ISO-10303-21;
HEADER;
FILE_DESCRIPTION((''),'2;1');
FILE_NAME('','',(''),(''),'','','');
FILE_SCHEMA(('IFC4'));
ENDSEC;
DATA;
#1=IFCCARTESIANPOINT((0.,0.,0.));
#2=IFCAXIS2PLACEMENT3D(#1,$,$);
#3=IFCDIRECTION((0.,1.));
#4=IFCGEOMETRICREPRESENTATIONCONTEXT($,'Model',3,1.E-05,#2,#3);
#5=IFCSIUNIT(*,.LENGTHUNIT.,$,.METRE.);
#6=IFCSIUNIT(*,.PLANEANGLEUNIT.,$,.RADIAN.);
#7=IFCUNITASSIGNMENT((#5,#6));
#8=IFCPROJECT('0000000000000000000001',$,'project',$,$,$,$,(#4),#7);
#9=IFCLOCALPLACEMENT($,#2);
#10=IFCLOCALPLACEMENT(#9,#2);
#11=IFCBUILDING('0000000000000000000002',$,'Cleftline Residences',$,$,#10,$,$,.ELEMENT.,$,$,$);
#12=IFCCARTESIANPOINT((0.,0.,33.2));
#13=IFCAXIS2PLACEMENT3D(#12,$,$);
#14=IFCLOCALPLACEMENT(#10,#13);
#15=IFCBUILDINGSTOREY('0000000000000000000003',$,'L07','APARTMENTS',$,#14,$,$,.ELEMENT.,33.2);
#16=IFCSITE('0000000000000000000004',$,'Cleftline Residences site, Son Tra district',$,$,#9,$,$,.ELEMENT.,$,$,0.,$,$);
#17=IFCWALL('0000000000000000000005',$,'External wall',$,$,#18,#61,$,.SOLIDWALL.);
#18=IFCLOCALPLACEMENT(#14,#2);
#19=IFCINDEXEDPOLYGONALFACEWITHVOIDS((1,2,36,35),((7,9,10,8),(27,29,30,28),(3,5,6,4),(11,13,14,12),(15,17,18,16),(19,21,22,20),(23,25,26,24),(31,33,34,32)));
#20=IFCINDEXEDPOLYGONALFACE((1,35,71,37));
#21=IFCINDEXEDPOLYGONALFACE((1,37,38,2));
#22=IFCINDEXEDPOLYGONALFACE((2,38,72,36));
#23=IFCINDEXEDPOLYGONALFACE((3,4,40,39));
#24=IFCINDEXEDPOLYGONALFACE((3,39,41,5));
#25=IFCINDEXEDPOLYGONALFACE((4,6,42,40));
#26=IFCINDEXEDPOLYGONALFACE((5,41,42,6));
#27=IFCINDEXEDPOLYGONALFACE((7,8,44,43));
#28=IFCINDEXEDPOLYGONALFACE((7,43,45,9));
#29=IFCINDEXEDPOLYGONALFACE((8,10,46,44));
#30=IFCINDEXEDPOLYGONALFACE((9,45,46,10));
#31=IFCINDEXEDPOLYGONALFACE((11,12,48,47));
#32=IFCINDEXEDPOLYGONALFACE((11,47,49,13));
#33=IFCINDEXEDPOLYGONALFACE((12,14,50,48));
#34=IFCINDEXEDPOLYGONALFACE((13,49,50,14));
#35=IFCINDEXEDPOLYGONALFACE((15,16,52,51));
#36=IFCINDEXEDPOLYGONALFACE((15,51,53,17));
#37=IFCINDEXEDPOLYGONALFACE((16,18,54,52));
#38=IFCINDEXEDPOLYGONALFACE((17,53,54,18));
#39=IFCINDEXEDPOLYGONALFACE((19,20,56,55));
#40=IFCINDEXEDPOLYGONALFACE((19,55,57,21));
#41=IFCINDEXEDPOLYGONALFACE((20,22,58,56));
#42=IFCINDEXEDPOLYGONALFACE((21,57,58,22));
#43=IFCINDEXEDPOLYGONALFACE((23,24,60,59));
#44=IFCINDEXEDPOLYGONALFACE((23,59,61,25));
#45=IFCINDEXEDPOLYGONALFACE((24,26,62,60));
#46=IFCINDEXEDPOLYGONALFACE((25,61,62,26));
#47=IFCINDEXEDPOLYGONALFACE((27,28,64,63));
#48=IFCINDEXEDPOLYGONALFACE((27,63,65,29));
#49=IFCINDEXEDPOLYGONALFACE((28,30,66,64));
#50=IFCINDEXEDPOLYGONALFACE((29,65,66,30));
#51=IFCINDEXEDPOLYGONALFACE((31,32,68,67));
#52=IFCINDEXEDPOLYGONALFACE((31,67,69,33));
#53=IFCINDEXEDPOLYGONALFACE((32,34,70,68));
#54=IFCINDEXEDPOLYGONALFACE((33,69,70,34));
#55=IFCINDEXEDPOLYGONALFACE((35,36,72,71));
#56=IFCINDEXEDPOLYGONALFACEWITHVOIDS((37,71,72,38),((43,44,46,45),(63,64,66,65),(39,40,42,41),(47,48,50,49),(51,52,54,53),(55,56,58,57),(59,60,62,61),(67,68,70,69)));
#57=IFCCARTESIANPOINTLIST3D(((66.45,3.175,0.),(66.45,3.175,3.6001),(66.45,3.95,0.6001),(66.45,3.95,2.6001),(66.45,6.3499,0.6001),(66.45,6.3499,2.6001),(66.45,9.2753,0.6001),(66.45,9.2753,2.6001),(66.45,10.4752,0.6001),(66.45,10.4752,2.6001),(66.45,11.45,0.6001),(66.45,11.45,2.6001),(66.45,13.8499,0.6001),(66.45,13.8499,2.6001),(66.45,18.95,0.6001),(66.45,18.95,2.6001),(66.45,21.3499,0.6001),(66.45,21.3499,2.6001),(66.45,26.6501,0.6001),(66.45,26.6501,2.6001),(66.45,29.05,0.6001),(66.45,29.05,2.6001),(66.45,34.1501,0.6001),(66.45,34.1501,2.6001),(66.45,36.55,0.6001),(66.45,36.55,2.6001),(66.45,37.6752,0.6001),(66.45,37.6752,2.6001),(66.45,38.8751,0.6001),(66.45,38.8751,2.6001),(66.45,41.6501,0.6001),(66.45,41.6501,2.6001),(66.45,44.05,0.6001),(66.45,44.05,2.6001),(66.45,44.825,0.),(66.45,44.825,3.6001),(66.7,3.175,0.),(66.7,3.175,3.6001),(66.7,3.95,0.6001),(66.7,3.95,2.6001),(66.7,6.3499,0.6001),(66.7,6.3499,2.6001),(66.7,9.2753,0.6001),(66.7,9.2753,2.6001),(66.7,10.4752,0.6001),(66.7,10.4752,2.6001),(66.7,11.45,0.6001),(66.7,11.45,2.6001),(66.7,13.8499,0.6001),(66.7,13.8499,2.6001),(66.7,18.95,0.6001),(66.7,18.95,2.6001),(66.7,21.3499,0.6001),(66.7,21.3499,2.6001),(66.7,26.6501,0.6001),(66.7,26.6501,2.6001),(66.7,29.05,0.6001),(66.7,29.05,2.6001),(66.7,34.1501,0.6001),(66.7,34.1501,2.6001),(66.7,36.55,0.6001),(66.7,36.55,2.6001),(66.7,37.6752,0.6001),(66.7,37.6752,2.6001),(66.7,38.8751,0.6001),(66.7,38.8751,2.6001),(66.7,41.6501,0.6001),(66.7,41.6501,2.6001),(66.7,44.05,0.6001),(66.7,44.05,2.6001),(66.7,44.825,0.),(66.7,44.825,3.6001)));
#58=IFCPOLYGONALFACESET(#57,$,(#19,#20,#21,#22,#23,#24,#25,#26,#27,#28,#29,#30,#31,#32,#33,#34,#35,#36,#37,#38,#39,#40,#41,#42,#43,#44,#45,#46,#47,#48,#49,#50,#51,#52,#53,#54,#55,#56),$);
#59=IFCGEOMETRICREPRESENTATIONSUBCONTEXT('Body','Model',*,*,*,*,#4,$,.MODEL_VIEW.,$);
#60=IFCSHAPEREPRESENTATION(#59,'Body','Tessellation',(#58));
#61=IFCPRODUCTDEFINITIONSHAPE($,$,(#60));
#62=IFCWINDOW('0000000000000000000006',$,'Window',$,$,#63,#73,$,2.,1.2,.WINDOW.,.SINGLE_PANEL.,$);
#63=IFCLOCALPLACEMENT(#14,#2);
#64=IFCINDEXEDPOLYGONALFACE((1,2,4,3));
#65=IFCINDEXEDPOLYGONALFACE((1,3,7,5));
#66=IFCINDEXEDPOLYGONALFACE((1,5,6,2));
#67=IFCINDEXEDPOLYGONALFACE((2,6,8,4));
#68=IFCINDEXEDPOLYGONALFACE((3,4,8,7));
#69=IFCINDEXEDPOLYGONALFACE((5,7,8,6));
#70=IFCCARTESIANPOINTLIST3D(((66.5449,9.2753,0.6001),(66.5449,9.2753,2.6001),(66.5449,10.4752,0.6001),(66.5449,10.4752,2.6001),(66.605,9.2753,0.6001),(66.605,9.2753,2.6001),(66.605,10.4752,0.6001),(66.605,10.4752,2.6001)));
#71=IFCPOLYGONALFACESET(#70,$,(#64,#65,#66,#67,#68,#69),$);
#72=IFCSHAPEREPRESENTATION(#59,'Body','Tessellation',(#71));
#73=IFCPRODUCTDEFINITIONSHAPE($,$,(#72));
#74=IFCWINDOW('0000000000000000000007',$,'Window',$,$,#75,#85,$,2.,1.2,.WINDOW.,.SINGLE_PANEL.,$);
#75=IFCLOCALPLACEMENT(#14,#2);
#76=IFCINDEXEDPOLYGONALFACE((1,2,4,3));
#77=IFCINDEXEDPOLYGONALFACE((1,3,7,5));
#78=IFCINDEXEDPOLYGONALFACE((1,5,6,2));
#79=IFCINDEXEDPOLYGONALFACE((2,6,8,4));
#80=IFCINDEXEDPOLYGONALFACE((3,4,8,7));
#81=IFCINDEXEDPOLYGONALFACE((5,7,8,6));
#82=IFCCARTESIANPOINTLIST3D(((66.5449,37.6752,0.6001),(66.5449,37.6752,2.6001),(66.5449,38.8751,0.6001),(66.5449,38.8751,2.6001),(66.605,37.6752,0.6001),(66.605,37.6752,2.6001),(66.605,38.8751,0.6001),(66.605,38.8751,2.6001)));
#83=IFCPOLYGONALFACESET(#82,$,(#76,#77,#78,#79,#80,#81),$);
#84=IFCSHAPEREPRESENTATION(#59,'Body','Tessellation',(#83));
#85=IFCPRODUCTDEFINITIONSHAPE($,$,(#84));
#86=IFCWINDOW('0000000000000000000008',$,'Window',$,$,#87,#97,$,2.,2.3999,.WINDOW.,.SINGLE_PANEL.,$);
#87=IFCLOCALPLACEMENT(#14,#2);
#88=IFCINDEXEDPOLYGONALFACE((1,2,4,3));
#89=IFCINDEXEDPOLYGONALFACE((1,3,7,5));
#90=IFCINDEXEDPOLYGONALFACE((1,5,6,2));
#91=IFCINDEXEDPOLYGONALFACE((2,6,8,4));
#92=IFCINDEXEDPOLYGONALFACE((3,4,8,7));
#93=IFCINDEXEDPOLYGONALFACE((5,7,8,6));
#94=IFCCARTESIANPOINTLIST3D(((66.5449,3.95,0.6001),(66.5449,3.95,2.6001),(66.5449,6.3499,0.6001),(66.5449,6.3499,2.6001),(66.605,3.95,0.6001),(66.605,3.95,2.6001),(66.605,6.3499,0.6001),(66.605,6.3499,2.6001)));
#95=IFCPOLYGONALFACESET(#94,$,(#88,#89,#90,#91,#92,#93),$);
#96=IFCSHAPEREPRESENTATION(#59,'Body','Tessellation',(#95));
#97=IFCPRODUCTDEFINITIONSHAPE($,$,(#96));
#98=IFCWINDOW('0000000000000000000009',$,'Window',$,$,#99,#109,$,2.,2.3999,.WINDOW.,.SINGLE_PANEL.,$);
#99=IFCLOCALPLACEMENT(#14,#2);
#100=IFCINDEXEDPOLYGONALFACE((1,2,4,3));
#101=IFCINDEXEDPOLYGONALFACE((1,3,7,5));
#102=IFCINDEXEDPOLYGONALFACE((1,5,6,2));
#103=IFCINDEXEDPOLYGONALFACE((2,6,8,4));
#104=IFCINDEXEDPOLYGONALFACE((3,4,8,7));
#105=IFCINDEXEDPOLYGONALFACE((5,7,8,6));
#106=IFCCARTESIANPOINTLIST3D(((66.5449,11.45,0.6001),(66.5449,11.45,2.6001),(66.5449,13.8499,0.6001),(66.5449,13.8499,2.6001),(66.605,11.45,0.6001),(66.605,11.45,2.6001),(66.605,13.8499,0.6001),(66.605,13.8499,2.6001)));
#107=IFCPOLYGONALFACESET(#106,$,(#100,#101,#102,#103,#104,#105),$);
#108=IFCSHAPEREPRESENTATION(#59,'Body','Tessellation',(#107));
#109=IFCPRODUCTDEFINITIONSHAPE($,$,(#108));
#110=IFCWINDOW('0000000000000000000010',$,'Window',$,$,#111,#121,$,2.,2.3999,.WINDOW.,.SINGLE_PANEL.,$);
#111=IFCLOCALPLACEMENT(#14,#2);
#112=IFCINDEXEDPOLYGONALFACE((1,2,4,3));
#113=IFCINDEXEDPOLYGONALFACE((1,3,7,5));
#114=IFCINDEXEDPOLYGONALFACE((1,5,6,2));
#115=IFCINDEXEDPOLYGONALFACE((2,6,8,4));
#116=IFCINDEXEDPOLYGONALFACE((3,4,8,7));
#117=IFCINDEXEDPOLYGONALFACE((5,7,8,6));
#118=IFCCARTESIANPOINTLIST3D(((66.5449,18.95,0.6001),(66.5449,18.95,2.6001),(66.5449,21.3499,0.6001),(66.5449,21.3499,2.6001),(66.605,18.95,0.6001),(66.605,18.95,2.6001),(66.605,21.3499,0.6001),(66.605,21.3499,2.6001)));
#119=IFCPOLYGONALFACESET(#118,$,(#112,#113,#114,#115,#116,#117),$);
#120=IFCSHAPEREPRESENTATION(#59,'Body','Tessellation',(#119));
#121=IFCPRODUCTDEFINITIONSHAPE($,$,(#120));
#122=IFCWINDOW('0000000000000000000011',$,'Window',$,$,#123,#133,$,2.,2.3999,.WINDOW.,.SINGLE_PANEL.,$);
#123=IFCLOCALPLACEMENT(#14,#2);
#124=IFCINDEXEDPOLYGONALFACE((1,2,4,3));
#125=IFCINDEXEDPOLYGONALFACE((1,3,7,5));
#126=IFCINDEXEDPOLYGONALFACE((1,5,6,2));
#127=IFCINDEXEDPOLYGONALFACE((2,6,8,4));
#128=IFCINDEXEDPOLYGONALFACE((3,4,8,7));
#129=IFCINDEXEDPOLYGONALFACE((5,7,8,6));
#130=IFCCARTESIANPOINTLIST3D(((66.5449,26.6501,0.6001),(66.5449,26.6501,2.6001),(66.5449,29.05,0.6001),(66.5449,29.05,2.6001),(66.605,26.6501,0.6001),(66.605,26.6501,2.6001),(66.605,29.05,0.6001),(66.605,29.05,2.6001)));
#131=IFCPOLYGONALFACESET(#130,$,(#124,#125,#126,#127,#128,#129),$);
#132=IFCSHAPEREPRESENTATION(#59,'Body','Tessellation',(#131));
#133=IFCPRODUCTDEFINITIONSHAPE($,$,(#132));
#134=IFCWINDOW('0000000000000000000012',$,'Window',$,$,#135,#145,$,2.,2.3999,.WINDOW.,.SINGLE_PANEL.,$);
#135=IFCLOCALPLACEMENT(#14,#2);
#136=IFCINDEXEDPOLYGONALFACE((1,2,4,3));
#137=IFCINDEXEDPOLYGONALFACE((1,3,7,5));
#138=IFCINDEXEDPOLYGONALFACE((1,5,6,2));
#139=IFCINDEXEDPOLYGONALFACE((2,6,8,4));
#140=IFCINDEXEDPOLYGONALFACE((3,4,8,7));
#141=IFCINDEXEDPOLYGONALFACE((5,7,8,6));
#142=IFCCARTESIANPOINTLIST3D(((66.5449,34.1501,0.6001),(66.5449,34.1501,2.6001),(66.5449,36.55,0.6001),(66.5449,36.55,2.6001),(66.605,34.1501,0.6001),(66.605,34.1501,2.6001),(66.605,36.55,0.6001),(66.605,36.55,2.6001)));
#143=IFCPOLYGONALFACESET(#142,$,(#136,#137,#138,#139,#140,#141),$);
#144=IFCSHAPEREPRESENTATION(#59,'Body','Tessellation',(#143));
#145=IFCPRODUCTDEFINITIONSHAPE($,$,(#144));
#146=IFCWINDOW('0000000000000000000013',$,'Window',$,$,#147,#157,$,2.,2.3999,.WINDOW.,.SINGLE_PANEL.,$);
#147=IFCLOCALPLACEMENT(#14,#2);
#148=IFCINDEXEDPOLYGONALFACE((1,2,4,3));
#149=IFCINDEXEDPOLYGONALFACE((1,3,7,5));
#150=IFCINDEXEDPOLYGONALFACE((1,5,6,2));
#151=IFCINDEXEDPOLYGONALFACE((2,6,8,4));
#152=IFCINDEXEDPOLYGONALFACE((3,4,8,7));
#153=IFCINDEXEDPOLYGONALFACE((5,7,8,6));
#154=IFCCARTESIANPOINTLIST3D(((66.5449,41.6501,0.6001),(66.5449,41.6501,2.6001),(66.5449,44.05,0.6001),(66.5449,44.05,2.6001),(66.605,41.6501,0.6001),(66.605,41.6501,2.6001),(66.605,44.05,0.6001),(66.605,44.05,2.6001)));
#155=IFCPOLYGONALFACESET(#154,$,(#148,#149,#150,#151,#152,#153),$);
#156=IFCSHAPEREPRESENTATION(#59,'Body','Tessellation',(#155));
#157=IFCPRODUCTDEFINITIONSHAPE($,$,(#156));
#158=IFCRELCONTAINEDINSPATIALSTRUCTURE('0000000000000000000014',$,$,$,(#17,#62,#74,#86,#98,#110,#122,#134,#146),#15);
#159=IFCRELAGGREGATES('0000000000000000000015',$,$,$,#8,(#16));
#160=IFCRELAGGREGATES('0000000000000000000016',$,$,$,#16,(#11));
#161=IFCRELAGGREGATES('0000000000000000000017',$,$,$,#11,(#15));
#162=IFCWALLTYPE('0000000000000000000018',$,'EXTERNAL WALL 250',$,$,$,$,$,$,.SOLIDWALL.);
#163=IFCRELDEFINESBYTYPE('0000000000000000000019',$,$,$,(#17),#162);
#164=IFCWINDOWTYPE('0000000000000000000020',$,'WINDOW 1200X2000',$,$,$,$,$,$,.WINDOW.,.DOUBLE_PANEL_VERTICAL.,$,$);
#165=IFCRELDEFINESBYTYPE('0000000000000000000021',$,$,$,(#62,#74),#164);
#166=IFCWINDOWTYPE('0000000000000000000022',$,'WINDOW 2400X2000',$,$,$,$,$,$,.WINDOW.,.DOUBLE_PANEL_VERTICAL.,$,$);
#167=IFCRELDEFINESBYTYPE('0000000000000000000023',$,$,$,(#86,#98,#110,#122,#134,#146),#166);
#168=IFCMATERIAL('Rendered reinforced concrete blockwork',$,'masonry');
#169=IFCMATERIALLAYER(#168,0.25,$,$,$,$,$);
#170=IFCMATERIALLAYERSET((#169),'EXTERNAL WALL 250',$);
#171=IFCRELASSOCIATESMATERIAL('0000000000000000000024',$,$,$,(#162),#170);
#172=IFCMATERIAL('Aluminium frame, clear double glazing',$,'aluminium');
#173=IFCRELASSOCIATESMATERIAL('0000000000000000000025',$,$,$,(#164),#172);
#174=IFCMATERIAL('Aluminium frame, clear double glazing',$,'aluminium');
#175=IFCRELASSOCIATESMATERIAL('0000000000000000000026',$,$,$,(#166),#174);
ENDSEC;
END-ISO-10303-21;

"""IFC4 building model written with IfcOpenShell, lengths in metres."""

from ifc_helpers import new_model, si_unit, direction, frame, frame_2d, origin, place, context, subcontext, project, spatial, rectangle, extrude, material, layer, layer_set, type_object, element, fill, save


model = new_model("IFC4")

# Units and contexts
model_context = context("Model", 3, precision=1e-05, world=origin(), true_north=direction((0.0, 1.0)))
body_context = subcontext(model_context, "Body", "Model", "MODEL_VIEW")
ifc_project = project(units=[si_unit("LENGTHUNIT", "METRE"), si_unit("PLANEANGLEUNIT", "RADIAN")], contexts=[model_context])

# Site, building, storey
site_placement = place(None, origin())
site = spatial("IfcSite", under=ifc_project, at=site_placement, Name="Cleftline Residences site, Son Tra district", CompositionType="ELEMENT", RefElevation=0.0)
building_placement = place(site_placement, origin())
building = spatial("IfcBuilding", under=site, at=building_placement, Name="Cleftline Residences", CompositionType="ELEMENT")
storey_placement = place(building_placement, frame((0.0, 0.0, 33.2)))
storey = spatial("IfcBuildingStorey", under=building, at=storey_placement, Name="L07", Description="APARTMENTS", CompositionType="ELEMENT", Elevation=33.2)

# Wall, openings, windows
ifc_material_1 = material(Name="Rendered reinforced concrete blockwork", Category="masonry")
ifc_layer_1 = layer(ifc_material_1, 0.25)
ifc_layer_set_1 = layer_set([ifc_layer_1], Name="EXTERNAL WALL 250")
wall_type = type_object("IfcWallType", Name="EXTERNAL WALL 250", PredefinedType="SOLIDWALL", material=ifc_layer_set_1)
wall_placement = place(storey_placement, frame((66.575, 3.175, 0.0), z_axis=(0.0, 0.0, 1.0), x_axis=(0.0, 1.0, 0.0)))
wall = element("IfcWall", 1, at=wall_placement, inside=storey, type_object=wall_type, Name="External wall", PredefinedType="SOLIDWALL", context=body_context, shape_type="SweptSolid", body=[
    extrude(rectangle(XDim=41.6499, YDim=0.25, at=frame_2d((20.825, 0.0))), origin(), (0.0, 0.0, 1.0), 3.6001),
])
opening_1_placement = place(wall_placement, frame((0.7749, 0.0, 0.6001)))
opening_1 = element("IfcOpeningElement", 2, at=opening_1_placement, cuts=wall, PredefinedType="OPENING", context=body_context, shape_type="SweptSolid", body=[
    extrude(rectangle(XDim=2.3999, YDim=2.0, at=frame_2d((1.2, 1.0))), frame((0.0, 0.135, 0.0), z_axis=(0.0, -1.0, 0.0), x_axis=(1.0, 0.0, 0.0)), (0.0, 0.0, 1.0), 0.27),
])
opening_2_placement = place(wall_placement, frame((6.1001, 0.0, 0.6001)))
opening_2 = element("IfcOpeningElement", 3, at=opening_2_placement, cuts=wall, PredefinedType="OPENING", context=body_context, shape_type="SweptSolid", body=[
    extrude(rectangle(XDim=1.2, YDim=2.0, at=frame_2d((0.6001, 1.0))), frame((0.0, 0.135, 0.0), z_axis=(0.0, -1.0, 0.0), x_axis=(1.0, 0.0, 0.0)), (0.0, 0.0, 1.0), 0.27),
])
opening_3_placement = place(wall_placement, frame((8.2749, 0.0, 0.6001)))
opening_3 = element("IfcOpeningElement", 4, at=opening_3_placement, cuts=wall, PredefinedType="OPENING", context=body_context, shape_type="SweptSolid", body=[
    extrude(rectangle(XDim=2.3999, YDim=2.0, at=frame_2d((1.2, 1.0))), frame((0.0, 0.135, 0.0), z_axis=(0.0, -1.0, 0.0), x_axis=(1.0, 0.0, 0.0)), (0.0, 0.0, 1.0), 0.27),
])
opening_4_placement = place(wall_placement, frame((15.7749, 0.0, 0.6001)))
opening_4 = element("IfcOpeningElement", 5, at=opening_4_placement, cuts=wall, PredefinedType="OPENING", context=body_context, shape_type="SweptSolid", body=[
    extrude(rectangle(XDim=2.3999, YDim=2.0, at=frame_2d((1.2, 1.0))), frame((0.0, 0.135, 0.0), z_axis=(0.0, -1.0, 0.0), x_axis=(1.0, 0.0, 0.0)), (0.0, 0.0, 1.0), 0.27),
])
opening_5_placement = place(wall_placement, frame((23.4751, 0.0, 0.6001)))
opening_5 = element("IfcOpeningElement", 6, at=opening_5_placement, cuts=wall, PredefinedType="OPENING", context=body_context, shape_type="SweptSolid", body=[
    extrude(rectangle(XDim=2.3999, YDim=2.0, at=frame_2d((1.2, 1.0))), frame((0.0, 0.135, 0.0), z_axis=(0.0, -1.0, 0.0), x_axis=(1.0, 0.0, 0.0)), (0.0, 0.0, 1.0), 0.27),
])
opening_6_placement = place(wall_placement, frame((30.9751, 0.0, 0.6001)))
opening_6 = element("IfcOpeningElement", 7, at=opening_6_placement, cuts=wall, PredefinedType="OPENING", context=body_context, shape_type="SweptSolid", body=[
    extrude(rectangle(XDim=2.3999, YDim=2.0, at=frame_2d((1.2, 1.0))), frame((0.0, 0.135, 0.0), z_axis=(0.0, -1.0, 0.0), x_axis=(1.0, 0.0, 0.0)), (0.0, 0.0, 1.0), 0.27),
])
opening_7_placement = place(wall_placement, frame((34.5, 0.0, 0.6001)))
opening_7 = element("IfcOpeningElement", 8, at=opening_7_placement, cuts=wall, PredefinedType="OPENING", context=body_context, shape_type="SweptSolid", body=[
    extrude(rectangle(XDim=1.2, YDim=2.0, at=frame_2d((0.6001, 1.0))), frame((0.0, 0.135, 0.0), z_axis=(0.0, -1.0, 0.0), x_axis=(1.0, 0.0, 0.0)), (0.0, 0.0, 1.0), 0.27),
])
opening_8_placement = place(wall_placement, frame((38.4751, 0.0, 0.6001)))
opening_8 = element("IfcOpeningElement", 9, at=opening_8_placement, cuts=wall, PredefinedType="OPENING", context=body_context, shape_type="SweptSolid", body=[
    extrude(rectangle(XDim=2.3999, YDim=2.0, at=frame_2d((1.2, 1.0))), frame((0.0, 0.135, 0.0), z_axis=(0.0, -1.0, 0.0), x_axis=(1.0, 0.0, 0.0)), (0.0, 0.0, 1.0), 0.27),
])
ifc_material_2 = material(Name="Aluminium frame, clear double glazing", Category="aluminium")
window_type_1 = type_object("IfcWindowType", Name="WINDOW 1200X2000", PartitioningType="DOUBLE_PANEL_VERTICAL", PredefinedType="WINDOW", material=ifc_material_2)
window_1_placement = place(opening_2_placement, origin())
window_1 = element("IfcWindow", 10, at=window_1_placement, inside=storey, type_object=window_type_1, Name="Window", OverallHeight=2.0, OverallWidth=1.2, PartitioningType="SINGLE_PANEL", PredefinedType="WINDOW", context=body_context, shape_type="SweptSolid", body=[
    extrude(rectangle(XDim=1.2, YDim=2.0, at=frame_2d((0.6001, 1.0))), frame((0.0, 0.03, 0.0), z_axis=(0.0, -1.0, 0.0), x_axis=(1.0, 0.0, 0.0)), (0.0, 0.0, 1.0), 0.0601),
])
fill(opening_2, window_1)
window_2_placement = place(opening_7_placement, origin())
window_2 = element("IfcWindow", 11, at=window_2_placement, inside=storey, type_object=window_type_1, Name="Window", OverallHeight=2.0, OverallWidth=1.2, PartitioningType="SINGLE_PANEL", PredefinedType="WINDOW", context=body_context, shape_type="SweptSolid", body=[
    extrude(rectangle(XDim=1.2, YDim=2.0, at=frame_2d((0.6001, 1.0))), frame((0.0, 0.03, 0.0), z_axis=(0.0, -1.0, 0.0), x_axis=(1.0, 0.0, 0.0)), (0.0, 0.0, 1.0), 0.0601),
])
fill(opening_7, window_2)
ifc_material_3 = material(Name="Aluminium frame, clear double glazing", Category="aluminium")
window_type_2 = type_object("IfcWindowType", Name="WINDOW 2400X2000", PartitioningType="DOUBLE_PANEL_VERTICAL", PredefinedType="WINDOW", material=ifc_material_3)
window_3_placement = place(opening_1_placement, origin())
window_3 = element("IfcWindow", 12, at=window_3_placement, inside=storey, type_object=window_type_2, Name="Window", OverallHeight=2.0, OverallWidth=2.3999, PartitioningType="SINGLE_PANEL", PredefinedType="WINDOW", context=body_context, shape_type="SweptSolid", body=[
    extrude(rectangle(XDim=2.3999, YDim=2.0, at=frame_2d((1.2, 1.0))), frame((0.0, 0.03, 0.0), z_axis=(0.0, -1.0, 0.0), x_axis=(1.0, 0.0, 0.0)), (0.0, 0.0, 1.0), 0.0601),
])
fill(opening_1, window_3)
window_4_placement = place(opening_3_placement, origin())
window_4 = element("IfcWindow", 13, at=window_4_placement, inside=storey, type_object=window_type_2, Name="Window", OverallHeight=2.0, OverallWidth=2.3999, PartitioningType="SINGLE_PANEL", PredefinedType="WINDOW", context=body_context, shape_type="SweptSolid", body=[
    extrude(rectangle(XDim=2.3999, YDim=2.0, at=frame_2d((1.2, 1.0))), frame((0.0, 0.03, 0.0), z_axis=(0.0, -1.0, 0.0), x_axis=(1.0, 0.0, 0.0)), (0.0, 0.0, 1.0), 0.0601),
])
fill(opening_3, window_4)
window_5_placement = place(opening_4_placement, origin())
window_5 = element("IfcWindow", 14, at=window_5_placement, inside=storey, type_object=window_type_2, Name="Window", OverallHeight=2.0, OverallWidth=2.3999, PartitioningType="SINGLE_PANEL", PredefinedType="WINDOW", context=body_context, shape_type="SweptSolid", body=[
    extrude(rectangle(XDim=2.3999, YDim=2.0, at=frame_2d((1.2, 1.0))), frame((0.0, 0.03, 0.0), z_axis=(0.0, -1.0, 0.0), x_axis=(1.0, 0.0, 0.0)), (0.0, 0.0, 1.0), 0.0601),
])
fill(opening_4, window_5)
window_6_placement = place(opening_5_placement, origin())
window_6 = element("IfcWindow", 15, at=window_6_placement, inside=storey, type_object=window_type_2, Name="Window", OverallHeight=2.0, OverallWidth=2.3999, PartitioningType="SINGLE_PANEL", PredefinedType="WINDOW", context=body_context, shape_type="SweptSolid", body=[
    extrude(rectangle(XDim=2.3999, YDim=2.0, at=frame_2d((1.2, 1.0))), frame((0.0, 0.03, 0.0), z_axis=(0.0, -1.0, 0.0), x_axis=(1.0, 0.0, 0.0)), (0.0, 0.0, 1.0), 0.0601),
])
fill(opening_5, window_6)
window_7_placement = place(opening_6_placement, origin())
window_7 = element("IfcWindow", 16, at=window_7_placement, inside=storey, type_object=window_type_2, Name="Window", OverallHeight=2.0, OverallWidth=2.3999, PartitioningType="SINGLE_PANEL", PredefinedType="WINDOW", context=body_context, shape_type="SweptSolid", body=[
    extrude(rectangle(XDim=2.3999, YDim=2.0, at=frame_2d((1.2, 1.0))), frame((0.0, 0.03, 0.0), z_axis=(0.0, -1.0, 0.0), x_axis=(1.0, 0.0, 0.0)), (0.0, 0.0, 1.0), 0.0601),
])
fill(opening_6, window_7)
window_8_placement = place(opening_8_placement, origin())
window_8 = element("IfcWindow", 17, at=window_8_placement, inside=storey, type_object=window_type_2, Name="Window", OverallHeight=2.0, OverallWidth=2.3999, PartitioningType="SINGLE_PANEL", PredefinedType="WINDOW", context=body_context, shape_type="SweptSolid", body=[
    extrude(rectangle(XDim=2.3999, YDim=2.0, at=frame_2d((1.2, 1.0))), frame((0.0, 0.03, 0.0), z_axis=(0.0, -1.0, 0.0), x_axis=(1.0, 0.0, 0.0)), (0.0, 0.0, 1.0), 0.0601),
])
fill(opening_8, window_8)

save(model, "model.ifc")
